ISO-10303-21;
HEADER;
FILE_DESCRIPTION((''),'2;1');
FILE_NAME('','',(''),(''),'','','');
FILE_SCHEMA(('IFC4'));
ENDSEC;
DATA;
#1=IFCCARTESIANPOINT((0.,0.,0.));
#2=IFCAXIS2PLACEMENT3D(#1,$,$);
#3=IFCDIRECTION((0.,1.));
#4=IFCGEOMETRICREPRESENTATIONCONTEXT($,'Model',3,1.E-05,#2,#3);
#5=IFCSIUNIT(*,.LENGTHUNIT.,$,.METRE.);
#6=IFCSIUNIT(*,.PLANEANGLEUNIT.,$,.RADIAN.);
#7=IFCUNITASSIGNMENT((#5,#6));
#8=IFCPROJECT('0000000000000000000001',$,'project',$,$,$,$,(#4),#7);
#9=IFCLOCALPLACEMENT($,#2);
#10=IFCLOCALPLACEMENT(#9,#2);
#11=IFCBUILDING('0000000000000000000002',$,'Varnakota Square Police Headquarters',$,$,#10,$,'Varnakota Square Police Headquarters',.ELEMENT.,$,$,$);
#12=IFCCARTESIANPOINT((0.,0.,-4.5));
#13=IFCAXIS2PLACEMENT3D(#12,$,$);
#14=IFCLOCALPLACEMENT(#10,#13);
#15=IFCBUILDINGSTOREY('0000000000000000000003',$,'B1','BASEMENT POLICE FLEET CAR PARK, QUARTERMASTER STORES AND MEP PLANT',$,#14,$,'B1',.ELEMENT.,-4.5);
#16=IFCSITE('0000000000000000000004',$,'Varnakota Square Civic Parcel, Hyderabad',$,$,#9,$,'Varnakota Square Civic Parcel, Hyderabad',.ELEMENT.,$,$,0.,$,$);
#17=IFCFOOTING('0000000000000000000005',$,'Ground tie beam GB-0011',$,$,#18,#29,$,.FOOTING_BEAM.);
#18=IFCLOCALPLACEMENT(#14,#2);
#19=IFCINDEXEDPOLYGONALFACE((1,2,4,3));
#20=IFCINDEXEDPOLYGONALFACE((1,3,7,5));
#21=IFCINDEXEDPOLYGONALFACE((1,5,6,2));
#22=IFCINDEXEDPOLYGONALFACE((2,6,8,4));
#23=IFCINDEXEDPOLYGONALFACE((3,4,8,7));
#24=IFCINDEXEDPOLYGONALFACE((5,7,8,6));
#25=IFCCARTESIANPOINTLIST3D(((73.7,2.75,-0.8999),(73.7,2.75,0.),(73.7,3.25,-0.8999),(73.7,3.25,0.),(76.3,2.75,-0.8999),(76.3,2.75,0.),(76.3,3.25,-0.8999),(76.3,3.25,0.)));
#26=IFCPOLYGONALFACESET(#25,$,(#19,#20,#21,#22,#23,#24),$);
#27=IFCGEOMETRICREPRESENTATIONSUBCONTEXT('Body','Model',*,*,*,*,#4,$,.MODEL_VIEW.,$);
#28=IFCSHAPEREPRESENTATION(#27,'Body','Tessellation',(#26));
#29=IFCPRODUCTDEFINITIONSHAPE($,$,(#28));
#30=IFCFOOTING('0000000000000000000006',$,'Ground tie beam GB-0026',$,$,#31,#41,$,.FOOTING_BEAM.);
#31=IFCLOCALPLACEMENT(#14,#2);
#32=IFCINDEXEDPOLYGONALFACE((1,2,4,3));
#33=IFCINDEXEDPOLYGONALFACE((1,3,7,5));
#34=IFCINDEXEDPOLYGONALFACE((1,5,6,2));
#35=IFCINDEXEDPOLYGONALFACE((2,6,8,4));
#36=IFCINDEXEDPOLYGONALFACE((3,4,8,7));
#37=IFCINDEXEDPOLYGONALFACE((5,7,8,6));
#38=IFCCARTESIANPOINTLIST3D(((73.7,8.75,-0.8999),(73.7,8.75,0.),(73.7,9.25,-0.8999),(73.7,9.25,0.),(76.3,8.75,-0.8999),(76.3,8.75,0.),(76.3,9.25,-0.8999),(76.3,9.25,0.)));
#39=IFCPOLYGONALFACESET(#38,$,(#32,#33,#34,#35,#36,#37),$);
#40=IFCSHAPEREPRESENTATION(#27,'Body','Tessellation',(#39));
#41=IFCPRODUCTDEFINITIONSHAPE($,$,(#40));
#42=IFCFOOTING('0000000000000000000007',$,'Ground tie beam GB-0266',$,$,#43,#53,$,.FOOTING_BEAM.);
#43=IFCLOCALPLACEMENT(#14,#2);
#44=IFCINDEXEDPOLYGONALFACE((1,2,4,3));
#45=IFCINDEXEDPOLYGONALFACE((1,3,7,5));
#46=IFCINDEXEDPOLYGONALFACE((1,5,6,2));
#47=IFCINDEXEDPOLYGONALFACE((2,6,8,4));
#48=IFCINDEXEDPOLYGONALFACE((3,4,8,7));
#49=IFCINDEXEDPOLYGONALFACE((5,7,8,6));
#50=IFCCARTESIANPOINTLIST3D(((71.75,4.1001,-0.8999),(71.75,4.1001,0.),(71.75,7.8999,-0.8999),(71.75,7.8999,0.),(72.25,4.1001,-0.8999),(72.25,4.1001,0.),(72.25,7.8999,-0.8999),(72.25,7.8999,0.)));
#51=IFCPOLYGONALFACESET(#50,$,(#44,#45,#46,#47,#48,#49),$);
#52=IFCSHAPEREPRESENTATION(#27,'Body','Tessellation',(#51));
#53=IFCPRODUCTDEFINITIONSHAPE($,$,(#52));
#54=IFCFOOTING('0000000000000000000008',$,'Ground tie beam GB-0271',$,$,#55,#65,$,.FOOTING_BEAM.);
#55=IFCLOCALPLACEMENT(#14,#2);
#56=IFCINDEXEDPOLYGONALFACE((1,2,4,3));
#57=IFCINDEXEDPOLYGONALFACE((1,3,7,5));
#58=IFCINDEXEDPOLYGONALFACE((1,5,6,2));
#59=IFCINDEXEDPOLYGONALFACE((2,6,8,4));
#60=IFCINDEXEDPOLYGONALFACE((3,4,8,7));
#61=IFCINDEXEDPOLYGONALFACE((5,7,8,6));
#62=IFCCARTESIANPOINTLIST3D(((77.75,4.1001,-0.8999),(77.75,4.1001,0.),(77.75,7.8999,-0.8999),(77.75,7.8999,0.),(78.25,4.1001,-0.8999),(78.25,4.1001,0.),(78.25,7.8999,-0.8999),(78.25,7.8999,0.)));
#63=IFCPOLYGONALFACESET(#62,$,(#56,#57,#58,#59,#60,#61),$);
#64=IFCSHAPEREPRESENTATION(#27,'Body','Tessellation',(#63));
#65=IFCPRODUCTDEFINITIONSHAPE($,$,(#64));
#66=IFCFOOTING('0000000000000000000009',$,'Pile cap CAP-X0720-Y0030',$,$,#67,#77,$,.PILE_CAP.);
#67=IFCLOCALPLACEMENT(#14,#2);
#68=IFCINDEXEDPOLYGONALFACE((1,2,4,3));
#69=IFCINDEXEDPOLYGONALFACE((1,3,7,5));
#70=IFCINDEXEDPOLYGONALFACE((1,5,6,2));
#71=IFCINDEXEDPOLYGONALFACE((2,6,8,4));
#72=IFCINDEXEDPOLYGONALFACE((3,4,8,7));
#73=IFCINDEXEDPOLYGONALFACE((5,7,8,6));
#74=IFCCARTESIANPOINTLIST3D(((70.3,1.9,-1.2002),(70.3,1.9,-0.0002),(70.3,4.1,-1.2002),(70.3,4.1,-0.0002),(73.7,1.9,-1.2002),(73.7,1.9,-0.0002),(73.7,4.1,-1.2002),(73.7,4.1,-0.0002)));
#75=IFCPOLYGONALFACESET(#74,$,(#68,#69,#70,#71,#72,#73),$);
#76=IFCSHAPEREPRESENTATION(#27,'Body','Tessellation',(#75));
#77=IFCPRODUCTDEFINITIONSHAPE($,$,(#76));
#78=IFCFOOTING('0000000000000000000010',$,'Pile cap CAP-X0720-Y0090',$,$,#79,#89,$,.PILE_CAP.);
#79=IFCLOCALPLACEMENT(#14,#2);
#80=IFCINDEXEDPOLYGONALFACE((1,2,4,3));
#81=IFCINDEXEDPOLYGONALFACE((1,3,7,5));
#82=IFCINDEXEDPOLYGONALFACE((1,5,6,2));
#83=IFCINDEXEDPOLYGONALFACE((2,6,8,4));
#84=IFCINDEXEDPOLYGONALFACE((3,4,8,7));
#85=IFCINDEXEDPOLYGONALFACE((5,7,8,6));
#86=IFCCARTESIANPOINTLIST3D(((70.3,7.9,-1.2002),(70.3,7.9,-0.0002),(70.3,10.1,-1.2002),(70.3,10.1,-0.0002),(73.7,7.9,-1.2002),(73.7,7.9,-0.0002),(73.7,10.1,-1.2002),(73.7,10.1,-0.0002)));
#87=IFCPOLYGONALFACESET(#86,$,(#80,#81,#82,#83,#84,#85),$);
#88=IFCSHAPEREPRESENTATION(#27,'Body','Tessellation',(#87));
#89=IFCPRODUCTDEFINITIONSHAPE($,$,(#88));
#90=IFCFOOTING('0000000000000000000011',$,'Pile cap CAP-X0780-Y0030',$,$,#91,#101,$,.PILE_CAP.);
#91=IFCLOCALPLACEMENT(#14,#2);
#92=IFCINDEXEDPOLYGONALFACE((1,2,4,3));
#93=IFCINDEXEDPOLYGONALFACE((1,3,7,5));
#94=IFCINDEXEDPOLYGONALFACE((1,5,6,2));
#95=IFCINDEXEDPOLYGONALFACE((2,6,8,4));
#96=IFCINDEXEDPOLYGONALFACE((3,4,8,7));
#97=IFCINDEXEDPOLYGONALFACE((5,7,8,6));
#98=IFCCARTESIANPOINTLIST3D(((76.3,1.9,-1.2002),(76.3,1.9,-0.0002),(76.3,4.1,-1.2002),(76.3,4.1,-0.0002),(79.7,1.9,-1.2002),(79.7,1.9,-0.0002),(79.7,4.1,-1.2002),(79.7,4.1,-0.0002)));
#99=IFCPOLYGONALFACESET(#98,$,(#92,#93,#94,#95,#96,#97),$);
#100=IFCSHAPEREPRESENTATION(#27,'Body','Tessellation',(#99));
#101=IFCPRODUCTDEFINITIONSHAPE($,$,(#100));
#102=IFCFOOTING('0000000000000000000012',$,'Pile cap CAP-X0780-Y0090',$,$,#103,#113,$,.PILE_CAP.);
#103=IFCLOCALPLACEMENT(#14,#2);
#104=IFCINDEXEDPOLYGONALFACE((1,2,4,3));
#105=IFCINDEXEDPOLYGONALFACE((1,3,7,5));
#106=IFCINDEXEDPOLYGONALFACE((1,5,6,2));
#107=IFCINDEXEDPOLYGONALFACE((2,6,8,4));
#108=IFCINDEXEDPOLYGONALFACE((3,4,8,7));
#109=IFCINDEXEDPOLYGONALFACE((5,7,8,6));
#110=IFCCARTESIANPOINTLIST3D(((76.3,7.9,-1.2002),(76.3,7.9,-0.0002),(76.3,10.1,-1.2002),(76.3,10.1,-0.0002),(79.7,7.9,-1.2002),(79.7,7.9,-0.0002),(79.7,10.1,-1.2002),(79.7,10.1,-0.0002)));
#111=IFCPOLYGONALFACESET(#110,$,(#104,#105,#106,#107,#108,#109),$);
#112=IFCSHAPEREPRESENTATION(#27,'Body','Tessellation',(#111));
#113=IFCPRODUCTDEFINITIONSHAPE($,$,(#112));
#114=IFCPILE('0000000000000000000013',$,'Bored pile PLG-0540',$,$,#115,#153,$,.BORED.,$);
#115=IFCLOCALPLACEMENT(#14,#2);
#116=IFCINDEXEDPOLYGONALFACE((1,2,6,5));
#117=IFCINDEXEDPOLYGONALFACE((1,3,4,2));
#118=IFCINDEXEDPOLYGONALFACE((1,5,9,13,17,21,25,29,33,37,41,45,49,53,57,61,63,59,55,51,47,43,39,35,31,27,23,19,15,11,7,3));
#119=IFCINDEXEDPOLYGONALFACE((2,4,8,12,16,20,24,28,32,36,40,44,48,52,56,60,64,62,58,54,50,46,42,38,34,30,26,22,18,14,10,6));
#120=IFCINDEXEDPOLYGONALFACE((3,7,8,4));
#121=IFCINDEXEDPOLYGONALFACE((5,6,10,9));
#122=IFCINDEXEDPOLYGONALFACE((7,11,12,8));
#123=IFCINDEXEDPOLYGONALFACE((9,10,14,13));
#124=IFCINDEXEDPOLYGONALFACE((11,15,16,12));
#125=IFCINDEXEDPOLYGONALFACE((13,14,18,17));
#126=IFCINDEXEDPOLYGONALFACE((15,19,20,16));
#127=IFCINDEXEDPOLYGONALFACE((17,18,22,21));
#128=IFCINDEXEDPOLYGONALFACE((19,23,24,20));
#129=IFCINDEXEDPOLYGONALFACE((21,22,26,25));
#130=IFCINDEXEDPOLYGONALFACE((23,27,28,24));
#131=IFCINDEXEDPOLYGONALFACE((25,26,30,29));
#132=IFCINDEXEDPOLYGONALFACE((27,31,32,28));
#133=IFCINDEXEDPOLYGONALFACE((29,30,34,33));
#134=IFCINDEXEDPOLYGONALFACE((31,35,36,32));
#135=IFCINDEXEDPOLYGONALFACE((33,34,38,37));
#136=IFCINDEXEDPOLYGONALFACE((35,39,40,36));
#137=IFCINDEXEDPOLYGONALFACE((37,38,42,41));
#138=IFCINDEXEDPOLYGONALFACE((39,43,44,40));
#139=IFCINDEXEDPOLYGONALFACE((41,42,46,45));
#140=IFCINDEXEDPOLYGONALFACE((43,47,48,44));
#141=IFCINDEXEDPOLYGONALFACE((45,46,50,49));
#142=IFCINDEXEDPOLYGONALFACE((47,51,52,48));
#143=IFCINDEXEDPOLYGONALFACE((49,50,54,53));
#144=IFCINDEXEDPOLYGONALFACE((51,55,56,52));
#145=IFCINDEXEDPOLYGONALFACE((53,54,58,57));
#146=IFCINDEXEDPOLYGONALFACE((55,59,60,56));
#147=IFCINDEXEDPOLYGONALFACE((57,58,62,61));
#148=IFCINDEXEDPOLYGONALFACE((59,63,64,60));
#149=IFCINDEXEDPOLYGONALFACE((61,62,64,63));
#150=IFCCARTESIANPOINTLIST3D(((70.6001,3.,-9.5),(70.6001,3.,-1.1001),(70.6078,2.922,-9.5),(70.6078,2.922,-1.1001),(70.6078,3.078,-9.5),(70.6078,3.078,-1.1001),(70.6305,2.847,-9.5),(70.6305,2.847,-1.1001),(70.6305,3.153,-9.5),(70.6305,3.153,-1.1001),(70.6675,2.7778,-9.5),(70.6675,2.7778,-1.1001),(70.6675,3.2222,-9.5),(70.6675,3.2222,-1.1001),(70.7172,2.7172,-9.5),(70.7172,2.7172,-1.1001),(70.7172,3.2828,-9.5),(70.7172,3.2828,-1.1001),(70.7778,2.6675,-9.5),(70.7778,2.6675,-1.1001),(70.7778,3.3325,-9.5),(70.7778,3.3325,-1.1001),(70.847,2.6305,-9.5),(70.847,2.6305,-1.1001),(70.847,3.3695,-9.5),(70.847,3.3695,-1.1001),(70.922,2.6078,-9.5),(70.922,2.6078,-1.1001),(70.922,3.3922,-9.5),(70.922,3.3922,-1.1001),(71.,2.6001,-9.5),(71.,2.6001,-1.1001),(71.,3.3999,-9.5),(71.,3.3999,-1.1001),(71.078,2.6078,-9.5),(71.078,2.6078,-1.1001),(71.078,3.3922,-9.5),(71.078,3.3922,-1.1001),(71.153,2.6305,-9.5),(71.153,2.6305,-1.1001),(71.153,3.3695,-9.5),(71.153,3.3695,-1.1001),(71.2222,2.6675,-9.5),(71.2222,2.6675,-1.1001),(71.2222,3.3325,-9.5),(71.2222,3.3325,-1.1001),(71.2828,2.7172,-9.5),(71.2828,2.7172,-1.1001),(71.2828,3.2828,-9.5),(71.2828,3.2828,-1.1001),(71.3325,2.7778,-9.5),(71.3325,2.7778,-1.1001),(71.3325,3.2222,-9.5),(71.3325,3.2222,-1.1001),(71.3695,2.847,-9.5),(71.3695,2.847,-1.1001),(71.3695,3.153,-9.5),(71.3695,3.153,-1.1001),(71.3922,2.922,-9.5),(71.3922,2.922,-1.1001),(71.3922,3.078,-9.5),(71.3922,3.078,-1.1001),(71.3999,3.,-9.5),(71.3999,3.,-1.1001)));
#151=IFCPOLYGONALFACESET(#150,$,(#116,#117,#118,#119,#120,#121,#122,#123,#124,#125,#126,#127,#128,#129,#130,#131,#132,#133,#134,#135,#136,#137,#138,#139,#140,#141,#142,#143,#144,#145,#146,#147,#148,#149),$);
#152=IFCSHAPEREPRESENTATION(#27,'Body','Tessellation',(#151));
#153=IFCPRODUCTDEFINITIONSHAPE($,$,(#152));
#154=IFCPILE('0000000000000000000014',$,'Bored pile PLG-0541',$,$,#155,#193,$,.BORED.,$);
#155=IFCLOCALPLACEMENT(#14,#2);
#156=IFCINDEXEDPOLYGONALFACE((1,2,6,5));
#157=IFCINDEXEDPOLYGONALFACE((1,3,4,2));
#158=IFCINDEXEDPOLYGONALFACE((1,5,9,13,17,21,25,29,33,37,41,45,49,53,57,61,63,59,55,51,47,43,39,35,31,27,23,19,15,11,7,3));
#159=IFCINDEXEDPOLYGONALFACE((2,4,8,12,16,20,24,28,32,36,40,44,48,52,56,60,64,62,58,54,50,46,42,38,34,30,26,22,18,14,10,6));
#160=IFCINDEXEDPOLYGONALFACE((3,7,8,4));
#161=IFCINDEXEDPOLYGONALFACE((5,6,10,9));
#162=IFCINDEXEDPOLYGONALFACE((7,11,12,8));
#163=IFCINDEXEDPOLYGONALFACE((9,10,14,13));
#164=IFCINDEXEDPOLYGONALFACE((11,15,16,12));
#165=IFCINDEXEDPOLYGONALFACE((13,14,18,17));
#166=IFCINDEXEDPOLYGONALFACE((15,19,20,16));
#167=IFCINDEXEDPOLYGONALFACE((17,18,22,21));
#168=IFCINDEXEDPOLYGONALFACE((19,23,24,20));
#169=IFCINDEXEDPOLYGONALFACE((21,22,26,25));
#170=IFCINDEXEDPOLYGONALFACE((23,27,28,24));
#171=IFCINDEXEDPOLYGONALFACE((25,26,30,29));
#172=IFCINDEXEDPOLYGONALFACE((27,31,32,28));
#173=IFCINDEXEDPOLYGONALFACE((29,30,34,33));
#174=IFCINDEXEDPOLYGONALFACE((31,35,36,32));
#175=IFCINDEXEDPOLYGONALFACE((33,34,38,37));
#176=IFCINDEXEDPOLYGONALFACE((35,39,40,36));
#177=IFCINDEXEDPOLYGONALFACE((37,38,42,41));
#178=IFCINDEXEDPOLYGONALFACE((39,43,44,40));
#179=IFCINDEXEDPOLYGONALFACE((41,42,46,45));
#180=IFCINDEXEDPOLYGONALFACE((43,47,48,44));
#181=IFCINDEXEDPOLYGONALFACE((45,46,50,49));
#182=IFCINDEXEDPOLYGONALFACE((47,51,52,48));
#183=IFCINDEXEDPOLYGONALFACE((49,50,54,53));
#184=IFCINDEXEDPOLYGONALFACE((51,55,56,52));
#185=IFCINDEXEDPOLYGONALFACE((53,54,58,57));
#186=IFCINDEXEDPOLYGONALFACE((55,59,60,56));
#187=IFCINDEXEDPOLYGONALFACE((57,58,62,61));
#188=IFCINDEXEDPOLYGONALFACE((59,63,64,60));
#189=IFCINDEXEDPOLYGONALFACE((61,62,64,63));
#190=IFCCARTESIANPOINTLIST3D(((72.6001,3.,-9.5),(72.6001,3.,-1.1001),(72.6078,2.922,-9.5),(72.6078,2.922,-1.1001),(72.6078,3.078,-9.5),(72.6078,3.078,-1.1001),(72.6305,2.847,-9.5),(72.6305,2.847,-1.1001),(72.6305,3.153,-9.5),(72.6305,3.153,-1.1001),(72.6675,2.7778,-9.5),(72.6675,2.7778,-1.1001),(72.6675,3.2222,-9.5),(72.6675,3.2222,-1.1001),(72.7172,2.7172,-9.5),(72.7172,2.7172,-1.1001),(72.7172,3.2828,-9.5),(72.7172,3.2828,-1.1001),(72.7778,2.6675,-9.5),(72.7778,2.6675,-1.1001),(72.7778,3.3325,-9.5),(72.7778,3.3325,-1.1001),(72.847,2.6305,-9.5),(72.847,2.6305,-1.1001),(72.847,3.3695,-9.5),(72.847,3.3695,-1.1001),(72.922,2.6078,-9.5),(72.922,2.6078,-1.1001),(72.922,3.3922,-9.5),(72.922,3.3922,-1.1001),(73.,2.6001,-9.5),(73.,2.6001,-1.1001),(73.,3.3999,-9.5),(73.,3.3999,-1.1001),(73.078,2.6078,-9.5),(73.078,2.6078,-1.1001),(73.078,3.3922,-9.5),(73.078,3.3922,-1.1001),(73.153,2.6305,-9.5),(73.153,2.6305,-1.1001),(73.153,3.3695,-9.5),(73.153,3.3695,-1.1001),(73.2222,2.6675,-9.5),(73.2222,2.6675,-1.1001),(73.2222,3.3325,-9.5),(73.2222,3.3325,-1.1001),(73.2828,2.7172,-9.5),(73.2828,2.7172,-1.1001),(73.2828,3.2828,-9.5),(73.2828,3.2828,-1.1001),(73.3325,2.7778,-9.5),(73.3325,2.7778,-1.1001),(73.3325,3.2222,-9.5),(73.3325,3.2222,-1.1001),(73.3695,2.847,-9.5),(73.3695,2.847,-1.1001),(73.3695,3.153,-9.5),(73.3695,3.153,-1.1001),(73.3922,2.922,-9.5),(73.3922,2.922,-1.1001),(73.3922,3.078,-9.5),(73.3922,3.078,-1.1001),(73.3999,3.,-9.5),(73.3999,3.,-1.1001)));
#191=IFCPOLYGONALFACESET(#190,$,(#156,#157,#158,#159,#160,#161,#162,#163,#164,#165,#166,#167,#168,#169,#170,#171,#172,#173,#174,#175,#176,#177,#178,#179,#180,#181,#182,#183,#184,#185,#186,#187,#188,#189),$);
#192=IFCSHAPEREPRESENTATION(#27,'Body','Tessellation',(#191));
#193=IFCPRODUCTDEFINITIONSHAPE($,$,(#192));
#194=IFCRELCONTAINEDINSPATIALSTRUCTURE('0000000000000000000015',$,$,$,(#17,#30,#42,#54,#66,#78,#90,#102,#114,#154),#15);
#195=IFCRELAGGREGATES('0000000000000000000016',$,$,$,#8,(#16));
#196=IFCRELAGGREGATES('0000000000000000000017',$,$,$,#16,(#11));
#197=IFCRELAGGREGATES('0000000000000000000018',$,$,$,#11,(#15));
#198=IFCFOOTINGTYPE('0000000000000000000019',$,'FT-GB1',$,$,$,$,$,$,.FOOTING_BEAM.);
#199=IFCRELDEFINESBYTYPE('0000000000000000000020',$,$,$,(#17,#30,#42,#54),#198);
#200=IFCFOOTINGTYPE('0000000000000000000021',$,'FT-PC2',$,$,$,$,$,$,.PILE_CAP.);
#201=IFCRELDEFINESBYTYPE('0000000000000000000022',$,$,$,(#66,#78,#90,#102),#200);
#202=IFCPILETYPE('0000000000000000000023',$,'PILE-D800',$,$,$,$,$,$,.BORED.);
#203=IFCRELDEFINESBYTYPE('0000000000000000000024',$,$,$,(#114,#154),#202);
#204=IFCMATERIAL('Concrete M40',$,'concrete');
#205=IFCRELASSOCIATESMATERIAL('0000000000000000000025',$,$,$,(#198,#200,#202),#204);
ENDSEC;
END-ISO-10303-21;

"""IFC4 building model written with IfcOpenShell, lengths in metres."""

from ifc_helpers import new_model, si_unit, direction, frame, origin, origin_2d, place, context, subcontext, project, spatial, rectangle, circle, extrude, material, material_profile, profile_set, type_object, element, save


model = new_model("IFC4")

# Units and contexts
model_context = context("Model", 3, precision=1e-05, world=origin(), true_north=direction((0.0, 1.0)))
body_context = subcontext(model_context, "Body", "Model", "MODEL_VIEW")
ifc_project = project(units=[si_unit("LENGTHUNIT", "METRE"), si_unit("PLANEANGLEUNIT", "RADIAN")], contexts=[model_context])

# Site, building, storey
site_placement = place(None, origin())
site = spatial("IfcSite", under=ifc_project, at=site_placement, Name="Varnakota Square Civic Parcel, Hyderabad", LongName="Varnakota Square Civic Parcel, Hyderabad", CompositionType="ELEMENT", RefElevation=0.0)
building_placement = place(site_placement, origin())
building = spatial("IfcBuilding", under=site, at=building_placement, Name="Varnakota Square Police Headquarters", LongName="Varnakota Square Police Headquarters", CompositionType="ELEMENT")
storey_placement = place(building_placement, frame((0.0, 0.0, -4.5)))
storey = spatial("IfcBuildingStorey", under=building, at=storey_placement, Name="B1", Description="BASEMENT POLICE FLEET CAR PARK, QUARTERMASTER STORES AND MEP PLANT", LongName="B1", CompositionType="ELEMENT", Elevation=-4.5)

# Footings
ifc_material_1 = material(Name="Concrete M40", Category="concrete")
ifc_material_profile_1 = material_profile(ifc_material_1, rectangle(XDim=0.5, YDim=0.8999, at=origin_2d()), Name="GB 500x900")
ifc_profile_set_1 = profile_set([ifc_material_profile_1], Name="Concrete M40")
footing_type_1 = type_object("IfcFootingType", Name="FT-GB1", PredefinedType="FOOTING_BEAM", material=ifc_profile_set_1)
for number, where, z_axis, x_axis, name in (
    (1, (73.7, 3.0, -0.45), (1.0, 0.0, 0.0), (0.0, 1.0, 0.0), "Ground tie beam GB-0011"),
    (2, (73.7, 9.0, -0.45), (1.0, 0.0, 0.0), (0.0, 1.0, 0.0), "Ground tie beam GB-0026"),
):
    element("IfcFooting", number, at=place(storey_placement, frame(where, z_axis=z_axis, x_axis=x_axis)), inside=storey, type_object=footing_type_1, Name=name, PredefinedType="FOOTING_BEAM", context=body_context, shape_type="SweptSolid", body=[
        extrude(rectangle(XDim=0.5, YDim=0.8999, at=origin_2d()), origin(), (0.0, 0.0, 1.0), 2.6001),
    ])
for number, where, z_axis, x_axis, name in (
    (3, (72.0, 4.1001, -0.45), (0.0, 1.0, 0.0), (-1.0, 0.0, 0.0), "Ground tie beam GB-0266"),
    (4, (78.0, 4.1001, -0.45), (0.0, 1.0, 0.0), (-1.0, 0.0, 0.0), "Ground tie beam GB-0271"),
):
    element("IfcFooting", number, at=place(storey_placement, frame(where, z_axis=z_axis, x_axis=x_axis)), inside=storey, type_object=footing_type_1, Name=name, PredefinedType="FOOTING_BEAM", context=body_context, shape_type="SweptSolid", body=[
        extrude(rectangle(XDim=0.5, YDim=0.8999, at=origin_2d()), origin(), (0.0, 0.0, 1.0), 3.7998),
    ])
footing_type_2 = type_object("IfcFootingType", Name="FT-PC2", PredefinedType="PILE_CAP", material=ifc_material_1)
for number, where, z_axis, x_axis, name in (
    (5, (72.0, 3.0, -1.2002), (0.0, 0.0, 1.0), (1.0, 0.0, 0.0), "Pile cap CAP-X0720-Y0030"),
    (6, (72.0, 9.0, -1.2002), (0.0, 0.0, 1.0), (1.0, 0.0, 0.0), "Pile cap CAP-X0720-Y0090"),
    (7, (78.0, 3.0, -1.2002), (0.0, 0.0, 1.0), (1.0, 0.0, 0.0), "Pile cap CAP-X0780-Y0030"),
    (8, (78.0, 9.0, -1.2002), (0.0, 0.0, 1.0), (1.0, 0.0, 0.0), "Pile cap CAP-X0780-Y0090"),
):
    element("IfcFooting", number, at=place(storey_placement, frame(where, z_axis=z_axis, x_axis=x_axis)), inside=storey, type_object=footing_type_2, Name=name, PredefinedType="PILE_CAP", context=body_context, shape_type="SweptSolid", body=[
        extrude(rectangle(XDim=3.3999, YDim=2.2, at=origin_2d()), origin(), (0.0, 0.0, 1.0), 1.2),
    ])

# Piles
ifc_material_profile_2 = material_profile(ifc_material_1, circle(Radius=0.3999, at=origin_2d()), Name="BORED PILE 800")
ifc_profile_set_2 = profile_set([ifc_material_profile_2], Name="Concrete M40")
pile_type = type_object("IfcPileType", Name="PILE-D800", PredefinedType="BORED", material=ifc_profile_set_2)
for number, where, z_axis, x_axis, name in (
    (9, (71.0, 3.0, -1.1001), (0.0, 0.0, -1.0), (1.0, 0.0, 0.0), "Bored pile PLG-0540"),
    (10, (73.0, 3.0, -1.1001), (0.0, 0.0, -1.0), (1.0, 0.0, 0.0), "Bored pile PLG-0541"),
):
    element("IfcPile", number, at=place(storey_placement, frame(where, z_axis=z_axis, x_axis=x_axis)), inside=storey, type_object=pile_type, Name=name, PredefinedType="BORED", context=body_context, shape_type="SweptSolid", body=[
        extrude(circle(Radius=0.3999, at=origin_2d()), origin(), (0.0, 0.0, 1.0), 8.3999),
    ])

save(model, "model.ifc")
